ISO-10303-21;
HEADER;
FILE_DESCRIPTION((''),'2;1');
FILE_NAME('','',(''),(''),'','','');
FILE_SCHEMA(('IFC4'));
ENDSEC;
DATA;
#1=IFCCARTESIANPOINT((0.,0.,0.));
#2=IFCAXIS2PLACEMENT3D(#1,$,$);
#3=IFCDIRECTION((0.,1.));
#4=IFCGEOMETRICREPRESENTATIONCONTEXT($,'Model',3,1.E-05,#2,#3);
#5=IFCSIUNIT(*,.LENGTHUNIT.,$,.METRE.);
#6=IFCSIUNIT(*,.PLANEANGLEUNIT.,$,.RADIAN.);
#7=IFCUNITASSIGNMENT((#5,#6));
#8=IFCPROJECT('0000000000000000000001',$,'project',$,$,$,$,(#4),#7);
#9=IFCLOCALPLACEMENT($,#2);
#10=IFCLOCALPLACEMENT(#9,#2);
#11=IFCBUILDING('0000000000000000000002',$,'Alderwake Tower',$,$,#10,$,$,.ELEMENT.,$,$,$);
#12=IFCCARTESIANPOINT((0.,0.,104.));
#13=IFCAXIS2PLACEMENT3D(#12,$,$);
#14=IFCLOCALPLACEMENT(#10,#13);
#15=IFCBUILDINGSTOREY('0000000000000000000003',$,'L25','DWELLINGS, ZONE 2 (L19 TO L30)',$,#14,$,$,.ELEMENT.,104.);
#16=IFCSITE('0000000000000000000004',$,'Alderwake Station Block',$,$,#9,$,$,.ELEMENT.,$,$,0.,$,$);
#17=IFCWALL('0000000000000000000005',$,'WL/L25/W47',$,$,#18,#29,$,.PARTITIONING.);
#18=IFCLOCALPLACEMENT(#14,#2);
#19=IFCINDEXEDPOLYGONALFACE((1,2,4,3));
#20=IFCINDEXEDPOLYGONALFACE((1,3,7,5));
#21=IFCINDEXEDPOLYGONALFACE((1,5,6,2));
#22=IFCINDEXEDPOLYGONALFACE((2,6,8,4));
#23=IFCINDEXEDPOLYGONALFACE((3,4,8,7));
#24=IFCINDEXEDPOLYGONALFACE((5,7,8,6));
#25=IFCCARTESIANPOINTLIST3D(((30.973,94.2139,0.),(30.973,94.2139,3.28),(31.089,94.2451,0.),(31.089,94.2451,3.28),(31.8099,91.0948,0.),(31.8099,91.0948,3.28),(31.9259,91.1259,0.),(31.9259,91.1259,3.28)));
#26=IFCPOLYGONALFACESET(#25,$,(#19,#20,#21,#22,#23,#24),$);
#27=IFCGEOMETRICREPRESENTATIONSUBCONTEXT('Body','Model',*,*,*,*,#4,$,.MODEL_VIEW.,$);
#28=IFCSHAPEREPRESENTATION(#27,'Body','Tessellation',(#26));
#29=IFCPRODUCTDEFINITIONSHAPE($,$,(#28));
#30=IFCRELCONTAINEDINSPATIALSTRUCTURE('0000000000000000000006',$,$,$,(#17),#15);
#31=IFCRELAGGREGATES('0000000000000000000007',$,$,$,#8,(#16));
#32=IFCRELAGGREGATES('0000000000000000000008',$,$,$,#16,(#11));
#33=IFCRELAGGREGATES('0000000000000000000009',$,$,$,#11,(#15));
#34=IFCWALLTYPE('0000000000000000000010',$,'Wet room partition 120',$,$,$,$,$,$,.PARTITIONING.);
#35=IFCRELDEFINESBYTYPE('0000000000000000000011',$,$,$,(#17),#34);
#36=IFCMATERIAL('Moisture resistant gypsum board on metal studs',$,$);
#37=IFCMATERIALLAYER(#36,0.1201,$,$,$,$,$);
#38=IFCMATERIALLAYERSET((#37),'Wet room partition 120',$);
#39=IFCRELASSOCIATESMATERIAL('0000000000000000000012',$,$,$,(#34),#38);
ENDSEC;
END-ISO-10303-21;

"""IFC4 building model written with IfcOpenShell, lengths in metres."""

from ifc_helpers import new_model, si_unit, direction, frame, frame_2d, origin, place, context, subcontext, project, spatial, rectangle, extrude, material, layer, layer_set, type_object, element, save


model = new_model("IFC4")

# Units and contexts
model_context = context("Model", 3, precision=1e-05, world=origin(), true_north=direction((0.0, 1.0)))
body_context = subcontext(model_context, "Body", "Model", "MODEL_VIEW")
ifc_project = project(units=[si_unit("LENGTHUNIT", "METRE"), si_unit("PLANEANGLEUNIT", "RADIAN")], contexts=[model_context])

# Site, building, storey
site_placement = place(None, origin())
site = spatial("IfcSite", under=ifc_project, at=site_placement, Name="Alderwake Station Block", CompositionType="ELEMENT", RefElevation=0.0)
building_placement = place(site_placement, origin())
building = spatial("IfcBuilding", under=site, at=building_placement, Name="Alderwake Tower", CompositionType="ELEMENT")
storey_placement = place(building_placement, frame((0.0, 0.0, 104.0)))
storey = spatial("IfcBuildingStorey", under=building, at=storey_placement, Name="L25", Description="DWELLINGS, ZONE 2 (L19 TO L30)", CompositionType="ELEMENT", Elevation=104.0)

# Wall
ifc_material_1 = material(Name="Moisture resistant gypsum board on metal studs")
ifc_layer_1 = layer(ifc_material_1, 0.1201)
ifc_layer_set_1 = layer_set([ifc_layer_1], Name="Wet room partition 120")
wall_type_1 = type_object("IfcWallType", Name="Wet room partition 120", PredefinedType="PARTITIONING", material=ifc_layer_set_1)
wall_1_placement = place(storey_placement, frame((31.031, 94.2295, 0.0), z_axis=(0.0, 0.0, 1.0), x_axis=(0.259149, -0.965837, 0.0)))
element("IfcWall", 1, at=wall_1_placement, inside=storey, type_object=wall_type_1, Name="WL/L25/W47", PredefinedType="PARTITIONING", context=body_context, shape_type="SweptSolid", body=[
    extrude(rectangle(XDim=3.2295, YDim=0.1201, at=frame_2d((1.6147, 0.0))), origin(), (0.0, 0.0, 1.0), 3.28),
])

save(model, "model.ifc")
